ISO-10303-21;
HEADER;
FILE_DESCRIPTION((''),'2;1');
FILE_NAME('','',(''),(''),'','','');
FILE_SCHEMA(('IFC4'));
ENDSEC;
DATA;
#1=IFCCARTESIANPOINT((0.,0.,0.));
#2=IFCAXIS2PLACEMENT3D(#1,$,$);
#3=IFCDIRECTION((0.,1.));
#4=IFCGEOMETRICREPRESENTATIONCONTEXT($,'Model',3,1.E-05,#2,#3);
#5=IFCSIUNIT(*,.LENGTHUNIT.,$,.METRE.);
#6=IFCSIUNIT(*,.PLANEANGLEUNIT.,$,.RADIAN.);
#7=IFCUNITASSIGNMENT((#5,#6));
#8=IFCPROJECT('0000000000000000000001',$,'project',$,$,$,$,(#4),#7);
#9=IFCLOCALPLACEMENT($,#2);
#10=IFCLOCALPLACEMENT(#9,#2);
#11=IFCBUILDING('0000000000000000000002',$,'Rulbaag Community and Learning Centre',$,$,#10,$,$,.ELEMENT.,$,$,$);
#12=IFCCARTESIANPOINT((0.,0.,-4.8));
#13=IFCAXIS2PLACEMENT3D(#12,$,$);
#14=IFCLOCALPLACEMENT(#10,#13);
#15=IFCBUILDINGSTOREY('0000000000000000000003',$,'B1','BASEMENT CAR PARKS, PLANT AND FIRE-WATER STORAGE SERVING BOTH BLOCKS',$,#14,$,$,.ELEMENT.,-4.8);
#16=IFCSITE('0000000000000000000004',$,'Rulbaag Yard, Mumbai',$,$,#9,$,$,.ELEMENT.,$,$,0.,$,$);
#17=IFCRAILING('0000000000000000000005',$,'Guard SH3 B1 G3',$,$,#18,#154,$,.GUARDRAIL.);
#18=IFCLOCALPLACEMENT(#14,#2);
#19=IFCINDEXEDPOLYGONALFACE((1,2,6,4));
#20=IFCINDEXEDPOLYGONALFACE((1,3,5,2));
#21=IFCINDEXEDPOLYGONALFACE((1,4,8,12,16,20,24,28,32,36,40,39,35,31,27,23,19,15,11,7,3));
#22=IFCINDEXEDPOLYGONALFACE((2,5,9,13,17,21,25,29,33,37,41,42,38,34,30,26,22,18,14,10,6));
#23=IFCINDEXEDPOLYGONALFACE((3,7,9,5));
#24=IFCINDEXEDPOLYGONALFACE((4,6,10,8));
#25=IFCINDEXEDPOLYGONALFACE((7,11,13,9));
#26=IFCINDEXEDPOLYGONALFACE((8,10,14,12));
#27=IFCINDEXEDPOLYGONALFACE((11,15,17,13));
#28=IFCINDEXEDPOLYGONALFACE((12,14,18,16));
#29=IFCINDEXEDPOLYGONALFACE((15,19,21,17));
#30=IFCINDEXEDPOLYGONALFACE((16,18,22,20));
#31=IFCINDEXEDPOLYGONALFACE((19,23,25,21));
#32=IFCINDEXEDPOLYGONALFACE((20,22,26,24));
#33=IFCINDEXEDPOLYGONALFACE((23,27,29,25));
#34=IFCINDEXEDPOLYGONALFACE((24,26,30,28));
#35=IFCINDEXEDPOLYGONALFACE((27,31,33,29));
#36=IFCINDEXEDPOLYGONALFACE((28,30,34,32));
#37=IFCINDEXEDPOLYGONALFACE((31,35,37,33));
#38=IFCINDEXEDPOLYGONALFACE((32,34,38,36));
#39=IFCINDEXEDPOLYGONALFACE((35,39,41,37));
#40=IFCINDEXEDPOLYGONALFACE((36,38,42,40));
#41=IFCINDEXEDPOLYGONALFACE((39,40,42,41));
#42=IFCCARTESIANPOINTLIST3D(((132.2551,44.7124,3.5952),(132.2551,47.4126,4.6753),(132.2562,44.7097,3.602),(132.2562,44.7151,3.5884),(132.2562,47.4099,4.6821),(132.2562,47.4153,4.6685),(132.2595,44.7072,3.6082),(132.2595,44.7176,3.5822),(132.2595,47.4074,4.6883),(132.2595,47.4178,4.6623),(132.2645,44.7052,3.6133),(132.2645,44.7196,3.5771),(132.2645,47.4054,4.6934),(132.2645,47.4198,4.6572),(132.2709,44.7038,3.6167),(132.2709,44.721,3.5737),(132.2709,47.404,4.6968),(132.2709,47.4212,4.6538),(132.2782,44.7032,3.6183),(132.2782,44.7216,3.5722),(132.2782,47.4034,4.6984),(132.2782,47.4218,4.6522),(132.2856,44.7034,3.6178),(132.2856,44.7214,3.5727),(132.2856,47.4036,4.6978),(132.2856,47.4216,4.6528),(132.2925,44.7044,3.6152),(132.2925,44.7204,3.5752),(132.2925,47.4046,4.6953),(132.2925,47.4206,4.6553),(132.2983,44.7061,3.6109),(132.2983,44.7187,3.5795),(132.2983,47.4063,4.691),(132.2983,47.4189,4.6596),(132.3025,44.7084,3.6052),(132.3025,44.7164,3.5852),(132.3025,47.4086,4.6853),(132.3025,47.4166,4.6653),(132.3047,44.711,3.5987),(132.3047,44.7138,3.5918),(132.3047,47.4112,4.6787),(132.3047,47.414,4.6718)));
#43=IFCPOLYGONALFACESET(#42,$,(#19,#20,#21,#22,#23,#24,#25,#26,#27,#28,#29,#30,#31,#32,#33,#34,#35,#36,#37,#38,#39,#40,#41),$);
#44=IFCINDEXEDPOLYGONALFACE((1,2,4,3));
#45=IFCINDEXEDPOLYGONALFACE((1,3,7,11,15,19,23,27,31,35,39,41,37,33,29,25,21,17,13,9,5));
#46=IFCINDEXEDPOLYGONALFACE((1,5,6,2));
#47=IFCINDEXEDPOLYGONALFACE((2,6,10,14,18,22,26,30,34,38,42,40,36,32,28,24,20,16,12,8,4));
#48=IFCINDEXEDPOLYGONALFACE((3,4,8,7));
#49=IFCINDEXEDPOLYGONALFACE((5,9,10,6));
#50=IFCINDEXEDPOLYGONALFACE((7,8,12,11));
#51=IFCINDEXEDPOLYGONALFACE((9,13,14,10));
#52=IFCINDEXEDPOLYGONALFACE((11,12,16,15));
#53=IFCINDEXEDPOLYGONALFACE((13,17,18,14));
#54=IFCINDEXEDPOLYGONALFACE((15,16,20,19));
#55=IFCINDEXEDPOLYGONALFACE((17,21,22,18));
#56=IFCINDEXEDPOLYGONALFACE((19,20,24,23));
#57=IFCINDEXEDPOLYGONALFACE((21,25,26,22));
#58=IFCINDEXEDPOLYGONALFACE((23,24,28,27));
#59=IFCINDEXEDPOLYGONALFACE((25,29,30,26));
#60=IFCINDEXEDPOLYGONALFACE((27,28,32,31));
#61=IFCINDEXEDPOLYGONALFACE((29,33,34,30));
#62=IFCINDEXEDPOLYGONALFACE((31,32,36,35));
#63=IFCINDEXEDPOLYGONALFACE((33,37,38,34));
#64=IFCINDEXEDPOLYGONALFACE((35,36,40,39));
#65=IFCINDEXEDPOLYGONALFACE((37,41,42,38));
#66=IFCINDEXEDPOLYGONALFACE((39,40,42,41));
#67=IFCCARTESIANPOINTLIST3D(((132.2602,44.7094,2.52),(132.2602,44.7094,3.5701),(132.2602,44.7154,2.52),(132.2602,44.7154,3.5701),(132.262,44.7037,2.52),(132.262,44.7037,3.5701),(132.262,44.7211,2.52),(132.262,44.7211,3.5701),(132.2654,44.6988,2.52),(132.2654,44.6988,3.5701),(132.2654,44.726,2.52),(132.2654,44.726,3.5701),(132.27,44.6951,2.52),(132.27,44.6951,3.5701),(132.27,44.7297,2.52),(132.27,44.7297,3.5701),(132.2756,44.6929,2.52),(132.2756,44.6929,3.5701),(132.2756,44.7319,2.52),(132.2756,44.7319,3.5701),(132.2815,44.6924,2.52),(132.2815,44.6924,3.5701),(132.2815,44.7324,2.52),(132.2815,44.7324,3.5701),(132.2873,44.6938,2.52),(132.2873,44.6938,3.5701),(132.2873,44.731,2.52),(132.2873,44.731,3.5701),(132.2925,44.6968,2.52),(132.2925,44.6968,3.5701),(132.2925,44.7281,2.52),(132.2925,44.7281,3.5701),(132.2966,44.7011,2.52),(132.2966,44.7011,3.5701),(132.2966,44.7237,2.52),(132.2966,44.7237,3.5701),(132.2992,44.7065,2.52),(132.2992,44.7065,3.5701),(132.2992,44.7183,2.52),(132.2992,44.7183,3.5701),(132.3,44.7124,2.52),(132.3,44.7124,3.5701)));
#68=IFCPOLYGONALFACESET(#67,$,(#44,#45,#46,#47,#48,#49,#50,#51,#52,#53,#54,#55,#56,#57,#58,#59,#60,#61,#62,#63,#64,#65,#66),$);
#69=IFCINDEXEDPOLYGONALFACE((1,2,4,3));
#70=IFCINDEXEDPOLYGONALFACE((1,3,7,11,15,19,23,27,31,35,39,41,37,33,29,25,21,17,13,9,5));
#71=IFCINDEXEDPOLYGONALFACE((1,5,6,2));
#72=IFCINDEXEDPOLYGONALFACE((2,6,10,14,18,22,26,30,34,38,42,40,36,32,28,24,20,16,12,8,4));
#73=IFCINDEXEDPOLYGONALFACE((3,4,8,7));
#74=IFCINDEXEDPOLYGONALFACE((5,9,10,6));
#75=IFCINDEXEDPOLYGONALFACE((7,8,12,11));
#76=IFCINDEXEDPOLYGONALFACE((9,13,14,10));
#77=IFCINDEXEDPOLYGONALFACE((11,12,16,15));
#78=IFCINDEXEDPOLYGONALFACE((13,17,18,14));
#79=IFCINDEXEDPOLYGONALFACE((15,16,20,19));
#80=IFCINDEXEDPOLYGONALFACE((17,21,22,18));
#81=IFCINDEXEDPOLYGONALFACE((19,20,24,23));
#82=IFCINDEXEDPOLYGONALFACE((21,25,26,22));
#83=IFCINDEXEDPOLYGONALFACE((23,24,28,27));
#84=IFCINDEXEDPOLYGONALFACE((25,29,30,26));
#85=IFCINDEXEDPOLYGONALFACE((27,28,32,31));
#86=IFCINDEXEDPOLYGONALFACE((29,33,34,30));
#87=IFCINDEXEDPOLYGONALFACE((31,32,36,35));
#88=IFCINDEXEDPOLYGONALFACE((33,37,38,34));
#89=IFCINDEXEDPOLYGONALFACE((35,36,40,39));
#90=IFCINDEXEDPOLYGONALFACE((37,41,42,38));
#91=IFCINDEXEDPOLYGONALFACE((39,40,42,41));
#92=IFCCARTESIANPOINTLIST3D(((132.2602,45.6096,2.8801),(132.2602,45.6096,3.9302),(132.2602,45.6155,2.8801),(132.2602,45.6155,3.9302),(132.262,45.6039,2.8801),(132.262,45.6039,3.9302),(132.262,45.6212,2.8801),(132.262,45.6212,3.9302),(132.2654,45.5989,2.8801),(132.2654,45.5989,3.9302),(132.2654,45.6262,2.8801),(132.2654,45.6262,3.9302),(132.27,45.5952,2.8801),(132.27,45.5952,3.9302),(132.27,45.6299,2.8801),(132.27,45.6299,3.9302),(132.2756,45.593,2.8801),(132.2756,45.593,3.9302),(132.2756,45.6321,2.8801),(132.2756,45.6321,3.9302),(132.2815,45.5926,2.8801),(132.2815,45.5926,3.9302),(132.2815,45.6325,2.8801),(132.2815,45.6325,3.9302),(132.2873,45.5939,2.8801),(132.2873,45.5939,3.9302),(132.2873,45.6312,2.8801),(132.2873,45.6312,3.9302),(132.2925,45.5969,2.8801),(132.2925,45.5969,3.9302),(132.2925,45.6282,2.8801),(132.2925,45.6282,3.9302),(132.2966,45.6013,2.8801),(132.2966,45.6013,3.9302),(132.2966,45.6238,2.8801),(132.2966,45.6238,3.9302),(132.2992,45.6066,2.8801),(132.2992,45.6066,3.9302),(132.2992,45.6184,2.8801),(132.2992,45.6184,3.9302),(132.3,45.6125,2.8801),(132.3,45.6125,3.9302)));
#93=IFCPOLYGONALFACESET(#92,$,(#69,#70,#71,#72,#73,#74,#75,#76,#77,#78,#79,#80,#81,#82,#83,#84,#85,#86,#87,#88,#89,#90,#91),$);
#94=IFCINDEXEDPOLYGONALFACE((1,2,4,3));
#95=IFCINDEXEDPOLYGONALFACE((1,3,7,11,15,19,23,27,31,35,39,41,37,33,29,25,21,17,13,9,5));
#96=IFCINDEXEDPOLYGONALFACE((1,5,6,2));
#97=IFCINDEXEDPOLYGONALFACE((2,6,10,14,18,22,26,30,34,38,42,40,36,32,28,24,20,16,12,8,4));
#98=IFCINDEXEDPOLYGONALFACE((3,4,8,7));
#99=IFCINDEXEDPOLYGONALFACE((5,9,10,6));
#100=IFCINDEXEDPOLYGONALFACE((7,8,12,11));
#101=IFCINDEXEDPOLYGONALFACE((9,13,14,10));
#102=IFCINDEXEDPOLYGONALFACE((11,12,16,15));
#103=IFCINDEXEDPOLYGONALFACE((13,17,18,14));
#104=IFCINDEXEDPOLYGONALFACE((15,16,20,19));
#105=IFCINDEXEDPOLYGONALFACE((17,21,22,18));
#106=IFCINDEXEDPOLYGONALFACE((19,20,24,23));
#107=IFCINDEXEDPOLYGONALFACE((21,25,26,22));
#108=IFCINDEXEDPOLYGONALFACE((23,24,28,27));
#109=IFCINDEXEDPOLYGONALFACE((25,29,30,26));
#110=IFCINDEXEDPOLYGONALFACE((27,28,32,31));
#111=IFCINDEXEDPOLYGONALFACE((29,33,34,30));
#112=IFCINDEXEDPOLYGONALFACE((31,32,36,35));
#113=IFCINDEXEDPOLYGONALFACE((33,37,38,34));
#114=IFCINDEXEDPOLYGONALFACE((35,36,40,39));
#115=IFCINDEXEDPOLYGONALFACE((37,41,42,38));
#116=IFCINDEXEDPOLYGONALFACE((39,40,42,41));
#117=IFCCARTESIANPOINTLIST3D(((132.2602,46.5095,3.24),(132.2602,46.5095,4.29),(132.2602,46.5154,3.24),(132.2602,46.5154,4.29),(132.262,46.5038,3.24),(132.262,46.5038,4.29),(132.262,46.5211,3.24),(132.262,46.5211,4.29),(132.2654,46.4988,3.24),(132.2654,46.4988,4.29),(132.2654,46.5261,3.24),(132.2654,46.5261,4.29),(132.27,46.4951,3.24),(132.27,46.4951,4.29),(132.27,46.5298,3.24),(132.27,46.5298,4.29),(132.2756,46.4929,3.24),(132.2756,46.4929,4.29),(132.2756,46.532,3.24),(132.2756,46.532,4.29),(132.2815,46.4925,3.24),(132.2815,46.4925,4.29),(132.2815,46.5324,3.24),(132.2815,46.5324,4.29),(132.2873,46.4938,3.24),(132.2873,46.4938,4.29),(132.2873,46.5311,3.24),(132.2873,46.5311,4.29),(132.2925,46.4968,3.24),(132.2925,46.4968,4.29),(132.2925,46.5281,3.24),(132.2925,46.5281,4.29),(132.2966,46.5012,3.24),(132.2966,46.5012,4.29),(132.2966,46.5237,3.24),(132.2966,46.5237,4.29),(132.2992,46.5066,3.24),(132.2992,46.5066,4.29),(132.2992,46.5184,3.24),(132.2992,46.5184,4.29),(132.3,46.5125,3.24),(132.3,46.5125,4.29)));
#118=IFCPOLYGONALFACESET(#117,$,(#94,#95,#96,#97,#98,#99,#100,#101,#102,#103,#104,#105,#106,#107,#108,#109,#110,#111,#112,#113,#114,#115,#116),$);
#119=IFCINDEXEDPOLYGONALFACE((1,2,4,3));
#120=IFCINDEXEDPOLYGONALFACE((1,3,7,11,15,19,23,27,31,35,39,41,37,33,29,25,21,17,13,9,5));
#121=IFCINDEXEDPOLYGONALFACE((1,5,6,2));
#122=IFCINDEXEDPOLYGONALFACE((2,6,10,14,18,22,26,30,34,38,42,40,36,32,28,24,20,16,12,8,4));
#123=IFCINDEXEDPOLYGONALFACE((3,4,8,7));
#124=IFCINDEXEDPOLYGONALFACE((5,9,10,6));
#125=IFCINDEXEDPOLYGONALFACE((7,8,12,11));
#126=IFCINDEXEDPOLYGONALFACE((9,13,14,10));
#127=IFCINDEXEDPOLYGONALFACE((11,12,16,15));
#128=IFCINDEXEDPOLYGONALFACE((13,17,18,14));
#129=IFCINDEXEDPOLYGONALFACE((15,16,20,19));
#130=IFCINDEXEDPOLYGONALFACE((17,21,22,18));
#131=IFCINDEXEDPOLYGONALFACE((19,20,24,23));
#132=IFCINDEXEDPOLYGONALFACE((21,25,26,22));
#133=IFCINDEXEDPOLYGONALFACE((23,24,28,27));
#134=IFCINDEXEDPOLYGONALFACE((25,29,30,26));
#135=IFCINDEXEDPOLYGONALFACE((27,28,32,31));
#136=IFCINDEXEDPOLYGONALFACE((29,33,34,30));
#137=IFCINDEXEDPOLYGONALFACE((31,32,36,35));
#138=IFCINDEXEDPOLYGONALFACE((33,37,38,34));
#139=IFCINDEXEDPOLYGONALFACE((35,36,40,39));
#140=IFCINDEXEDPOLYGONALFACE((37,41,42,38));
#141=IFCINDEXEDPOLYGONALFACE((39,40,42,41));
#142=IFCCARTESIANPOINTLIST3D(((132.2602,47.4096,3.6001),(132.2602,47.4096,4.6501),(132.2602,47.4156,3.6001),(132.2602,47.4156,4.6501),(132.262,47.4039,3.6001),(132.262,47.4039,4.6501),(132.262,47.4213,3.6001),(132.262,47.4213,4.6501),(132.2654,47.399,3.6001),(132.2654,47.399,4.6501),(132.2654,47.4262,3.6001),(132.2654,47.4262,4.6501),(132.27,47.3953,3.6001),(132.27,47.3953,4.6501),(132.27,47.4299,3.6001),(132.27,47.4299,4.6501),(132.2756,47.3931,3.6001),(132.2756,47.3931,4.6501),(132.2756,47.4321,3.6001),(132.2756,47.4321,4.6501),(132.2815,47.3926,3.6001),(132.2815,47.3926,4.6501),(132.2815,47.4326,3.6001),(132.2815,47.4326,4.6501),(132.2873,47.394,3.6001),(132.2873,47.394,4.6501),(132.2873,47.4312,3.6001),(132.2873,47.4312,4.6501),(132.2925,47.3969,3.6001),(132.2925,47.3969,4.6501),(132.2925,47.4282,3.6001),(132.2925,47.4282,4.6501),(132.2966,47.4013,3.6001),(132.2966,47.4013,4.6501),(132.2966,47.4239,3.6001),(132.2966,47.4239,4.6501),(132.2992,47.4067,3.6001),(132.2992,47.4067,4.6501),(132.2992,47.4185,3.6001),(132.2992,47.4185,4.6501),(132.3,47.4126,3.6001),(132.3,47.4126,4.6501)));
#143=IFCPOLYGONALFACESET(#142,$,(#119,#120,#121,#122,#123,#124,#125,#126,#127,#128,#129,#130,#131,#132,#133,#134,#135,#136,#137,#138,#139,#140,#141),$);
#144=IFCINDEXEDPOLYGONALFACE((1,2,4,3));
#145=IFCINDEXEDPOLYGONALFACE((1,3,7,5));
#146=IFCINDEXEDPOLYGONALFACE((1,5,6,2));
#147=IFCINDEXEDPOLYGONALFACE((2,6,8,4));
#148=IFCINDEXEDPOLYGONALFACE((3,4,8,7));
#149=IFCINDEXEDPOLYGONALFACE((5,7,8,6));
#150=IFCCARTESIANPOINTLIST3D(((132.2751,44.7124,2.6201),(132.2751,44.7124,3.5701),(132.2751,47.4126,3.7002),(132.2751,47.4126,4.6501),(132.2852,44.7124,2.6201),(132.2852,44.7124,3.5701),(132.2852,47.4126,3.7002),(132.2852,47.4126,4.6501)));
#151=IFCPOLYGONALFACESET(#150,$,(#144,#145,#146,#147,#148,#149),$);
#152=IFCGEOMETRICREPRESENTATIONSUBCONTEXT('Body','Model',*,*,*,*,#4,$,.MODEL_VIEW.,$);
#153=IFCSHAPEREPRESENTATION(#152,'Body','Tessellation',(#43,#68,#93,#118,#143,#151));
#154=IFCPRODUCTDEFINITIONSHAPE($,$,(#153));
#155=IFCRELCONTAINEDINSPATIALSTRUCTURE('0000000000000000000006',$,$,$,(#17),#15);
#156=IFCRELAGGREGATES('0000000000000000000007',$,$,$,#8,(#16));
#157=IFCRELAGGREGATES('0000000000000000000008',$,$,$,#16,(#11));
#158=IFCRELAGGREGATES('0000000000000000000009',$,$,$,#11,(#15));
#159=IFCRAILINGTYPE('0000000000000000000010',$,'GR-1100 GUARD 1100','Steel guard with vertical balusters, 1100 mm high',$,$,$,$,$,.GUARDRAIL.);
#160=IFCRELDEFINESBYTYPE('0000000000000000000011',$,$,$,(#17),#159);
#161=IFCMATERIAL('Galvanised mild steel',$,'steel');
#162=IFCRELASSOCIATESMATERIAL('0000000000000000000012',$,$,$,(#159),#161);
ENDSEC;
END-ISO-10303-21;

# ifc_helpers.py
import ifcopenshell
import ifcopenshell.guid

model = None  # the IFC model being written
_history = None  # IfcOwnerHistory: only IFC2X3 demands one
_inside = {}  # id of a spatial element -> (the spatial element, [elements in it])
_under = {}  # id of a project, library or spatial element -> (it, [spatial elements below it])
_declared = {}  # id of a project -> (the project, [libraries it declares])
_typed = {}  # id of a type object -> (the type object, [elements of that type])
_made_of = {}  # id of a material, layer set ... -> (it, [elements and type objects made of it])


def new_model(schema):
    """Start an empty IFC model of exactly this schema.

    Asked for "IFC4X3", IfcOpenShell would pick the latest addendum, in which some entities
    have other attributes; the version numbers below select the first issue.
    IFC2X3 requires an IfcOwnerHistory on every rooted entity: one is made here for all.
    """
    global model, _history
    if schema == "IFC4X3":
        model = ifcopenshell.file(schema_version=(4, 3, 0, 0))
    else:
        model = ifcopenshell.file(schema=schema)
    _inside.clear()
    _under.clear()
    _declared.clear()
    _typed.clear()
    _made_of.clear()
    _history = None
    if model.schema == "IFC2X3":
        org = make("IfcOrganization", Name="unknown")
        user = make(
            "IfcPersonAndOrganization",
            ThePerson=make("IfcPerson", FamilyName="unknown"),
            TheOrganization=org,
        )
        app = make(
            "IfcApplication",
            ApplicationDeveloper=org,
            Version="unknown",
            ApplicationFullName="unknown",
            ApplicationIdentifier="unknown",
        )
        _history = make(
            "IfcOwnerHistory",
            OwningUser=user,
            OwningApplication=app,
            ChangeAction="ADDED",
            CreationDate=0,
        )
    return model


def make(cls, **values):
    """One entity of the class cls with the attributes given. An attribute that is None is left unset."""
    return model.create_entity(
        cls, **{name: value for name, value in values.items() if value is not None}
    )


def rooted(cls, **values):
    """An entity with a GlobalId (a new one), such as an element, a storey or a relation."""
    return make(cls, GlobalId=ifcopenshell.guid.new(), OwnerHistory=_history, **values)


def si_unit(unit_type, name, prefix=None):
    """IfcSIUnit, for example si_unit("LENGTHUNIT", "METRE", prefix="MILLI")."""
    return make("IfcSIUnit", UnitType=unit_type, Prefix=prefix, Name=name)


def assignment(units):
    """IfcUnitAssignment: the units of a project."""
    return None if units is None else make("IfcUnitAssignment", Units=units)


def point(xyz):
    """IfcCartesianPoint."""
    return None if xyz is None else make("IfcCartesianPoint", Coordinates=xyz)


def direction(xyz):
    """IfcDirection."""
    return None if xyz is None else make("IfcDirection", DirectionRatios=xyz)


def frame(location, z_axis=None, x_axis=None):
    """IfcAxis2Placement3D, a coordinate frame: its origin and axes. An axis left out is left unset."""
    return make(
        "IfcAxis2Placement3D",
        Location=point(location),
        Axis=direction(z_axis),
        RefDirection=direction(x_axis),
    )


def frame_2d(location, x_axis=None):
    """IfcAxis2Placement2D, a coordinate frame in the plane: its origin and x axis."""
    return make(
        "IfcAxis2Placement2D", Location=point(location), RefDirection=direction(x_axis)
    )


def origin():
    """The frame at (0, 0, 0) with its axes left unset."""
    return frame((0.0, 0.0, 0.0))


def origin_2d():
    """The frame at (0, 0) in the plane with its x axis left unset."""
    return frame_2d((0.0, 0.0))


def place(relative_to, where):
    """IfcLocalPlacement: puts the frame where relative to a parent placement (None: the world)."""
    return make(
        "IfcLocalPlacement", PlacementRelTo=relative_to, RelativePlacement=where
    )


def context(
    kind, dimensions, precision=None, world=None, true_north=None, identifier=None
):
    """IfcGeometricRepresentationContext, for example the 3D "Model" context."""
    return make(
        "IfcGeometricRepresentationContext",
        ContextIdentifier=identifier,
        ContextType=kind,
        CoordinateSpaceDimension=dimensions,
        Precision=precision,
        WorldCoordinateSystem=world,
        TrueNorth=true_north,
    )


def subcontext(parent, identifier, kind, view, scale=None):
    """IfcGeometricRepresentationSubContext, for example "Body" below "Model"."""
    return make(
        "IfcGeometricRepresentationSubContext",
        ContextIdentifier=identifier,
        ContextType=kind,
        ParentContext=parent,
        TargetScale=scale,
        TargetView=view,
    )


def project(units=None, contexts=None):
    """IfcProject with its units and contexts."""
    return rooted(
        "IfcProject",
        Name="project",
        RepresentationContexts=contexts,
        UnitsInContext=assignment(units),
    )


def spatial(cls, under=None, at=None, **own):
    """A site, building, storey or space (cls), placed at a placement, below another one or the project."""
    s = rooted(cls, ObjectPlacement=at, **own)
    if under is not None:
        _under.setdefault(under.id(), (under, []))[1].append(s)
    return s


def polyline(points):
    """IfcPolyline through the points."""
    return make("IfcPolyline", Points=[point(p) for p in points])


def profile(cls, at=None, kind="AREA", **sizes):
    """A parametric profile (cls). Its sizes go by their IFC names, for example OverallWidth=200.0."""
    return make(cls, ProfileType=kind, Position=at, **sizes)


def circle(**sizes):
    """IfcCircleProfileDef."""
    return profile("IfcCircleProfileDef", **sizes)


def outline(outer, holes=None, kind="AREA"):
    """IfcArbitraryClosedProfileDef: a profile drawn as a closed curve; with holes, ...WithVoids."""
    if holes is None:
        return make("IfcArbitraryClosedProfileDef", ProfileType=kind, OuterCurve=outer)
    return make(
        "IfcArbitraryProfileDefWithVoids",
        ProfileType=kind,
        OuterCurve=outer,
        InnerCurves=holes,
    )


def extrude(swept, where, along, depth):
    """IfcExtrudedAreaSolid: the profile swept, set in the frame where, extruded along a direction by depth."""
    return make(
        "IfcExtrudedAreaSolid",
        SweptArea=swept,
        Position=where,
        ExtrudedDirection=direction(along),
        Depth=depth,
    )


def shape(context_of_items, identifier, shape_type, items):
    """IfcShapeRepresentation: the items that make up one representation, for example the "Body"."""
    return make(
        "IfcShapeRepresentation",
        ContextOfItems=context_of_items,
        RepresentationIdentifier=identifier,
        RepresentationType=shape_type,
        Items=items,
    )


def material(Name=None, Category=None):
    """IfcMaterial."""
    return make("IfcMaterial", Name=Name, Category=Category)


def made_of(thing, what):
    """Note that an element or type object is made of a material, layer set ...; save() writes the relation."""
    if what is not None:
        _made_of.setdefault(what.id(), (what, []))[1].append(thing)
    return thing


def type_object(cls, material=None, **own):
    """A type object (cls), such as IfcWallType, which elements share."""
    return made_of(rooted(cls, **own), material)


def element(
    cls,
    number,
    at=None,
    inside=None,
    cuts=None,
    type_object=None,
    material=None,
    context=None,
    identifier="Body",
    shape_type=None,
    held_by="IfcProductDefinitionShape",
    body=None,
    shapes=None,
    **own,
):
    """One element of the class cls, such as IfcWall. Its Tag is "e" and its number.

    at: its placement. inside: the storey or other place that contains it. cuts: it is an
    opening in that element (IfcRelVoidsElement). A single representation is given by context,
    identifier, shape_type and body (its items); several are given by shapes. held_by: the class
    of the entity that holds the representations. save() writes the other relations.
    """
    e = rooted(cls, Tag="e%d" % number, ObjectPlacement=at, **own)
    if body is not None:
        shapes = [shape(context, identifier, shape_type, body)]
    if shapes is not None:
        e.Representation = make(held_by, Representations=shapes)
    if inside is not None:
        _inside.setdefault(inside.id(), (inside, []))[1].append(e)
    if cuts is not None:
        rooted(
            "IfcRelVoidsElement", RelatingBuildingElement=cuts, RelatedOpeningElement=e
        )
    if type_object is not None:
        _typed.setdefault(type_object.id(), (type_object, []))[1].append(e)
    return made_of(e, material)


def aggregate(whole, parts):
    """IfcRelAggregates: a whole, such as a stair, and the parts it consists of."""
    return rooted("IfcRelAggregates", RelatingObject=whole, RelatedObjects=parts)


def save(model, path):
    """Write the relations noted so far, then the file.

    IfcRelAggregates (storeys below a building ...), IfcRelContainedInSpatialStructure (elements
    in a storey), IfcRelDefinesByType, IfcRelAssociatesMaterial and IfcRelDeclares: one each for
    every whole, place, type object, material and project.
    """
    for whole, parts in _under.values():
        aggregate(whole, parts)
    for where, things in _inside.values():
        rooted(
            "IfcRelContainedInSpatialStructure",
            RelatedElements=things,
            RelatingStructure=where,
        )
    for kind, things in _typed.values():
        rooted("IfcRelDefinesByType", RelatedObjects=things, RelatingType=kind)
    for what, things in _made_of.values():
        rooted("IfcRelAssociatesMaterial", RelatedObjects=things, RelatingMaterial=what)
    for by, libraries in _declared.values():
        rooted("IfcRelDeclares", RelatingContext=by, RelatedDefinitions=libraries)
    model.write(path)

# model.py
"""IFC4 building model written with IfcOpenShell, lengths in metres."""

from ifc_helpers import new_model, si_unit, direction, frame, origin, origin_2d, place, context, subcontext, project, spatial, polyline, circle, outline, extrude, material, type_object, element, save


model = new_model("IFC4")

# Units and contexts
model_context = context("Model", 3, precision=1e-05, world=origin(), true_north=direction((0.0, 1.0)))
body_context = subcontext(model_context, "Body", "Model", "MODEL_VIEW")
ifc_project = project(units=[si_unit("LENGTHUNIT", "METRE"), si_unit("PLANEANGLEUNIT", "RADIAN")], contexts=[model_context])

# Site, building, storey
site_placement = place(None, origin())
site = spatial("IfcSite", under=ifc_project, at=site_placement, Name="Rulbaag Yard, Mumbai", CompositionType="ELEMENT", RefElevation=0.0)
building_placement = place(site_placement, origin())
building = spatial("IfcBuilding", under=site, at=building_placement, Name="Rulbaag Community and Learning Centre", CompositionType="ELEMENT")
storey_placement = place(building_placement, frame((0.0, 0.0, -4.8)))
storey = spatial("IfcBuildingStorey", under=building, at=storey_placement, Name="B1", Description="BASEMENT CAR PARKS, PLANT AND FIRE-WATER STORAGE SERVING BOTH BLOCKS", CompositionType="ELEMENT", Elevation=-4.8)

# Railing
ifc_material_1 = material(Name="Galvanised mild steel", Category="steel")
railing_type_1 = type_object("IfcRailingType", Name="GR-1100 GUARD 1100", Description="Steel guard with vertical balusters, 1100 mm high", PredefinedType="GUARDRAIL", material=ifc_material_1)
railing_1_placement = place(storey_placement, frame((132.28, 44.7124, 2.52)))
element("IfcRailing", 1, at=railing_1_placement, inside=storey, type_object=railing_type_1, Name="Guard SH3 B1 G3", PredefinedType="GUARDRAIL", context=body_context, shape_type="SweptSolid", body=[
    extrude(circle(Radius=0.0249, at=origin_2d()), frame((0.0, 0.0, 1.0752), z_axis=(0.0, 0.928477, 0.371391), x_axis=(-1.0, 0.0, 0.0)), (0.0, 0.0, 1.0), 2.9082),
    extrude(circle(Radius=0.02, at=origin_2d()), origin(), (0.0, 0.0, 1.0), 1.05),
    extrude(circle(Radius=0.02, at=origin_2d()), frame((0.0, 0.9001, 0.3601)), (0.0, 0.0, 1.0), 1.05),
    extrude(circle(Radius=0.02, at=origin_2d()), frame((0.0, 1.8, 0.72)), (0.0, 0.0, 1.0), 1.05),
    extrude(circle(Radius=0.02, at=origin_2d()), frame((0.0, 2.7002, 1.0801)), (0.0, 0.0, 1.0), 1.05),
    extrude(outline(polyline([(0.0, 0.0), (2.7002, 1.0801), (2.7002, 2.03), (0.0, 0.95), (0.0, 0.0)])), frame((-0.0049, 0.0, 0.1001), z_axis=(1.0, 0.0, 0.0), x_axis=(0.0, 1.0, 0.0)), (0.0, 0.0, 1.0), 0.01),
])

save(model, "model.ifc")
